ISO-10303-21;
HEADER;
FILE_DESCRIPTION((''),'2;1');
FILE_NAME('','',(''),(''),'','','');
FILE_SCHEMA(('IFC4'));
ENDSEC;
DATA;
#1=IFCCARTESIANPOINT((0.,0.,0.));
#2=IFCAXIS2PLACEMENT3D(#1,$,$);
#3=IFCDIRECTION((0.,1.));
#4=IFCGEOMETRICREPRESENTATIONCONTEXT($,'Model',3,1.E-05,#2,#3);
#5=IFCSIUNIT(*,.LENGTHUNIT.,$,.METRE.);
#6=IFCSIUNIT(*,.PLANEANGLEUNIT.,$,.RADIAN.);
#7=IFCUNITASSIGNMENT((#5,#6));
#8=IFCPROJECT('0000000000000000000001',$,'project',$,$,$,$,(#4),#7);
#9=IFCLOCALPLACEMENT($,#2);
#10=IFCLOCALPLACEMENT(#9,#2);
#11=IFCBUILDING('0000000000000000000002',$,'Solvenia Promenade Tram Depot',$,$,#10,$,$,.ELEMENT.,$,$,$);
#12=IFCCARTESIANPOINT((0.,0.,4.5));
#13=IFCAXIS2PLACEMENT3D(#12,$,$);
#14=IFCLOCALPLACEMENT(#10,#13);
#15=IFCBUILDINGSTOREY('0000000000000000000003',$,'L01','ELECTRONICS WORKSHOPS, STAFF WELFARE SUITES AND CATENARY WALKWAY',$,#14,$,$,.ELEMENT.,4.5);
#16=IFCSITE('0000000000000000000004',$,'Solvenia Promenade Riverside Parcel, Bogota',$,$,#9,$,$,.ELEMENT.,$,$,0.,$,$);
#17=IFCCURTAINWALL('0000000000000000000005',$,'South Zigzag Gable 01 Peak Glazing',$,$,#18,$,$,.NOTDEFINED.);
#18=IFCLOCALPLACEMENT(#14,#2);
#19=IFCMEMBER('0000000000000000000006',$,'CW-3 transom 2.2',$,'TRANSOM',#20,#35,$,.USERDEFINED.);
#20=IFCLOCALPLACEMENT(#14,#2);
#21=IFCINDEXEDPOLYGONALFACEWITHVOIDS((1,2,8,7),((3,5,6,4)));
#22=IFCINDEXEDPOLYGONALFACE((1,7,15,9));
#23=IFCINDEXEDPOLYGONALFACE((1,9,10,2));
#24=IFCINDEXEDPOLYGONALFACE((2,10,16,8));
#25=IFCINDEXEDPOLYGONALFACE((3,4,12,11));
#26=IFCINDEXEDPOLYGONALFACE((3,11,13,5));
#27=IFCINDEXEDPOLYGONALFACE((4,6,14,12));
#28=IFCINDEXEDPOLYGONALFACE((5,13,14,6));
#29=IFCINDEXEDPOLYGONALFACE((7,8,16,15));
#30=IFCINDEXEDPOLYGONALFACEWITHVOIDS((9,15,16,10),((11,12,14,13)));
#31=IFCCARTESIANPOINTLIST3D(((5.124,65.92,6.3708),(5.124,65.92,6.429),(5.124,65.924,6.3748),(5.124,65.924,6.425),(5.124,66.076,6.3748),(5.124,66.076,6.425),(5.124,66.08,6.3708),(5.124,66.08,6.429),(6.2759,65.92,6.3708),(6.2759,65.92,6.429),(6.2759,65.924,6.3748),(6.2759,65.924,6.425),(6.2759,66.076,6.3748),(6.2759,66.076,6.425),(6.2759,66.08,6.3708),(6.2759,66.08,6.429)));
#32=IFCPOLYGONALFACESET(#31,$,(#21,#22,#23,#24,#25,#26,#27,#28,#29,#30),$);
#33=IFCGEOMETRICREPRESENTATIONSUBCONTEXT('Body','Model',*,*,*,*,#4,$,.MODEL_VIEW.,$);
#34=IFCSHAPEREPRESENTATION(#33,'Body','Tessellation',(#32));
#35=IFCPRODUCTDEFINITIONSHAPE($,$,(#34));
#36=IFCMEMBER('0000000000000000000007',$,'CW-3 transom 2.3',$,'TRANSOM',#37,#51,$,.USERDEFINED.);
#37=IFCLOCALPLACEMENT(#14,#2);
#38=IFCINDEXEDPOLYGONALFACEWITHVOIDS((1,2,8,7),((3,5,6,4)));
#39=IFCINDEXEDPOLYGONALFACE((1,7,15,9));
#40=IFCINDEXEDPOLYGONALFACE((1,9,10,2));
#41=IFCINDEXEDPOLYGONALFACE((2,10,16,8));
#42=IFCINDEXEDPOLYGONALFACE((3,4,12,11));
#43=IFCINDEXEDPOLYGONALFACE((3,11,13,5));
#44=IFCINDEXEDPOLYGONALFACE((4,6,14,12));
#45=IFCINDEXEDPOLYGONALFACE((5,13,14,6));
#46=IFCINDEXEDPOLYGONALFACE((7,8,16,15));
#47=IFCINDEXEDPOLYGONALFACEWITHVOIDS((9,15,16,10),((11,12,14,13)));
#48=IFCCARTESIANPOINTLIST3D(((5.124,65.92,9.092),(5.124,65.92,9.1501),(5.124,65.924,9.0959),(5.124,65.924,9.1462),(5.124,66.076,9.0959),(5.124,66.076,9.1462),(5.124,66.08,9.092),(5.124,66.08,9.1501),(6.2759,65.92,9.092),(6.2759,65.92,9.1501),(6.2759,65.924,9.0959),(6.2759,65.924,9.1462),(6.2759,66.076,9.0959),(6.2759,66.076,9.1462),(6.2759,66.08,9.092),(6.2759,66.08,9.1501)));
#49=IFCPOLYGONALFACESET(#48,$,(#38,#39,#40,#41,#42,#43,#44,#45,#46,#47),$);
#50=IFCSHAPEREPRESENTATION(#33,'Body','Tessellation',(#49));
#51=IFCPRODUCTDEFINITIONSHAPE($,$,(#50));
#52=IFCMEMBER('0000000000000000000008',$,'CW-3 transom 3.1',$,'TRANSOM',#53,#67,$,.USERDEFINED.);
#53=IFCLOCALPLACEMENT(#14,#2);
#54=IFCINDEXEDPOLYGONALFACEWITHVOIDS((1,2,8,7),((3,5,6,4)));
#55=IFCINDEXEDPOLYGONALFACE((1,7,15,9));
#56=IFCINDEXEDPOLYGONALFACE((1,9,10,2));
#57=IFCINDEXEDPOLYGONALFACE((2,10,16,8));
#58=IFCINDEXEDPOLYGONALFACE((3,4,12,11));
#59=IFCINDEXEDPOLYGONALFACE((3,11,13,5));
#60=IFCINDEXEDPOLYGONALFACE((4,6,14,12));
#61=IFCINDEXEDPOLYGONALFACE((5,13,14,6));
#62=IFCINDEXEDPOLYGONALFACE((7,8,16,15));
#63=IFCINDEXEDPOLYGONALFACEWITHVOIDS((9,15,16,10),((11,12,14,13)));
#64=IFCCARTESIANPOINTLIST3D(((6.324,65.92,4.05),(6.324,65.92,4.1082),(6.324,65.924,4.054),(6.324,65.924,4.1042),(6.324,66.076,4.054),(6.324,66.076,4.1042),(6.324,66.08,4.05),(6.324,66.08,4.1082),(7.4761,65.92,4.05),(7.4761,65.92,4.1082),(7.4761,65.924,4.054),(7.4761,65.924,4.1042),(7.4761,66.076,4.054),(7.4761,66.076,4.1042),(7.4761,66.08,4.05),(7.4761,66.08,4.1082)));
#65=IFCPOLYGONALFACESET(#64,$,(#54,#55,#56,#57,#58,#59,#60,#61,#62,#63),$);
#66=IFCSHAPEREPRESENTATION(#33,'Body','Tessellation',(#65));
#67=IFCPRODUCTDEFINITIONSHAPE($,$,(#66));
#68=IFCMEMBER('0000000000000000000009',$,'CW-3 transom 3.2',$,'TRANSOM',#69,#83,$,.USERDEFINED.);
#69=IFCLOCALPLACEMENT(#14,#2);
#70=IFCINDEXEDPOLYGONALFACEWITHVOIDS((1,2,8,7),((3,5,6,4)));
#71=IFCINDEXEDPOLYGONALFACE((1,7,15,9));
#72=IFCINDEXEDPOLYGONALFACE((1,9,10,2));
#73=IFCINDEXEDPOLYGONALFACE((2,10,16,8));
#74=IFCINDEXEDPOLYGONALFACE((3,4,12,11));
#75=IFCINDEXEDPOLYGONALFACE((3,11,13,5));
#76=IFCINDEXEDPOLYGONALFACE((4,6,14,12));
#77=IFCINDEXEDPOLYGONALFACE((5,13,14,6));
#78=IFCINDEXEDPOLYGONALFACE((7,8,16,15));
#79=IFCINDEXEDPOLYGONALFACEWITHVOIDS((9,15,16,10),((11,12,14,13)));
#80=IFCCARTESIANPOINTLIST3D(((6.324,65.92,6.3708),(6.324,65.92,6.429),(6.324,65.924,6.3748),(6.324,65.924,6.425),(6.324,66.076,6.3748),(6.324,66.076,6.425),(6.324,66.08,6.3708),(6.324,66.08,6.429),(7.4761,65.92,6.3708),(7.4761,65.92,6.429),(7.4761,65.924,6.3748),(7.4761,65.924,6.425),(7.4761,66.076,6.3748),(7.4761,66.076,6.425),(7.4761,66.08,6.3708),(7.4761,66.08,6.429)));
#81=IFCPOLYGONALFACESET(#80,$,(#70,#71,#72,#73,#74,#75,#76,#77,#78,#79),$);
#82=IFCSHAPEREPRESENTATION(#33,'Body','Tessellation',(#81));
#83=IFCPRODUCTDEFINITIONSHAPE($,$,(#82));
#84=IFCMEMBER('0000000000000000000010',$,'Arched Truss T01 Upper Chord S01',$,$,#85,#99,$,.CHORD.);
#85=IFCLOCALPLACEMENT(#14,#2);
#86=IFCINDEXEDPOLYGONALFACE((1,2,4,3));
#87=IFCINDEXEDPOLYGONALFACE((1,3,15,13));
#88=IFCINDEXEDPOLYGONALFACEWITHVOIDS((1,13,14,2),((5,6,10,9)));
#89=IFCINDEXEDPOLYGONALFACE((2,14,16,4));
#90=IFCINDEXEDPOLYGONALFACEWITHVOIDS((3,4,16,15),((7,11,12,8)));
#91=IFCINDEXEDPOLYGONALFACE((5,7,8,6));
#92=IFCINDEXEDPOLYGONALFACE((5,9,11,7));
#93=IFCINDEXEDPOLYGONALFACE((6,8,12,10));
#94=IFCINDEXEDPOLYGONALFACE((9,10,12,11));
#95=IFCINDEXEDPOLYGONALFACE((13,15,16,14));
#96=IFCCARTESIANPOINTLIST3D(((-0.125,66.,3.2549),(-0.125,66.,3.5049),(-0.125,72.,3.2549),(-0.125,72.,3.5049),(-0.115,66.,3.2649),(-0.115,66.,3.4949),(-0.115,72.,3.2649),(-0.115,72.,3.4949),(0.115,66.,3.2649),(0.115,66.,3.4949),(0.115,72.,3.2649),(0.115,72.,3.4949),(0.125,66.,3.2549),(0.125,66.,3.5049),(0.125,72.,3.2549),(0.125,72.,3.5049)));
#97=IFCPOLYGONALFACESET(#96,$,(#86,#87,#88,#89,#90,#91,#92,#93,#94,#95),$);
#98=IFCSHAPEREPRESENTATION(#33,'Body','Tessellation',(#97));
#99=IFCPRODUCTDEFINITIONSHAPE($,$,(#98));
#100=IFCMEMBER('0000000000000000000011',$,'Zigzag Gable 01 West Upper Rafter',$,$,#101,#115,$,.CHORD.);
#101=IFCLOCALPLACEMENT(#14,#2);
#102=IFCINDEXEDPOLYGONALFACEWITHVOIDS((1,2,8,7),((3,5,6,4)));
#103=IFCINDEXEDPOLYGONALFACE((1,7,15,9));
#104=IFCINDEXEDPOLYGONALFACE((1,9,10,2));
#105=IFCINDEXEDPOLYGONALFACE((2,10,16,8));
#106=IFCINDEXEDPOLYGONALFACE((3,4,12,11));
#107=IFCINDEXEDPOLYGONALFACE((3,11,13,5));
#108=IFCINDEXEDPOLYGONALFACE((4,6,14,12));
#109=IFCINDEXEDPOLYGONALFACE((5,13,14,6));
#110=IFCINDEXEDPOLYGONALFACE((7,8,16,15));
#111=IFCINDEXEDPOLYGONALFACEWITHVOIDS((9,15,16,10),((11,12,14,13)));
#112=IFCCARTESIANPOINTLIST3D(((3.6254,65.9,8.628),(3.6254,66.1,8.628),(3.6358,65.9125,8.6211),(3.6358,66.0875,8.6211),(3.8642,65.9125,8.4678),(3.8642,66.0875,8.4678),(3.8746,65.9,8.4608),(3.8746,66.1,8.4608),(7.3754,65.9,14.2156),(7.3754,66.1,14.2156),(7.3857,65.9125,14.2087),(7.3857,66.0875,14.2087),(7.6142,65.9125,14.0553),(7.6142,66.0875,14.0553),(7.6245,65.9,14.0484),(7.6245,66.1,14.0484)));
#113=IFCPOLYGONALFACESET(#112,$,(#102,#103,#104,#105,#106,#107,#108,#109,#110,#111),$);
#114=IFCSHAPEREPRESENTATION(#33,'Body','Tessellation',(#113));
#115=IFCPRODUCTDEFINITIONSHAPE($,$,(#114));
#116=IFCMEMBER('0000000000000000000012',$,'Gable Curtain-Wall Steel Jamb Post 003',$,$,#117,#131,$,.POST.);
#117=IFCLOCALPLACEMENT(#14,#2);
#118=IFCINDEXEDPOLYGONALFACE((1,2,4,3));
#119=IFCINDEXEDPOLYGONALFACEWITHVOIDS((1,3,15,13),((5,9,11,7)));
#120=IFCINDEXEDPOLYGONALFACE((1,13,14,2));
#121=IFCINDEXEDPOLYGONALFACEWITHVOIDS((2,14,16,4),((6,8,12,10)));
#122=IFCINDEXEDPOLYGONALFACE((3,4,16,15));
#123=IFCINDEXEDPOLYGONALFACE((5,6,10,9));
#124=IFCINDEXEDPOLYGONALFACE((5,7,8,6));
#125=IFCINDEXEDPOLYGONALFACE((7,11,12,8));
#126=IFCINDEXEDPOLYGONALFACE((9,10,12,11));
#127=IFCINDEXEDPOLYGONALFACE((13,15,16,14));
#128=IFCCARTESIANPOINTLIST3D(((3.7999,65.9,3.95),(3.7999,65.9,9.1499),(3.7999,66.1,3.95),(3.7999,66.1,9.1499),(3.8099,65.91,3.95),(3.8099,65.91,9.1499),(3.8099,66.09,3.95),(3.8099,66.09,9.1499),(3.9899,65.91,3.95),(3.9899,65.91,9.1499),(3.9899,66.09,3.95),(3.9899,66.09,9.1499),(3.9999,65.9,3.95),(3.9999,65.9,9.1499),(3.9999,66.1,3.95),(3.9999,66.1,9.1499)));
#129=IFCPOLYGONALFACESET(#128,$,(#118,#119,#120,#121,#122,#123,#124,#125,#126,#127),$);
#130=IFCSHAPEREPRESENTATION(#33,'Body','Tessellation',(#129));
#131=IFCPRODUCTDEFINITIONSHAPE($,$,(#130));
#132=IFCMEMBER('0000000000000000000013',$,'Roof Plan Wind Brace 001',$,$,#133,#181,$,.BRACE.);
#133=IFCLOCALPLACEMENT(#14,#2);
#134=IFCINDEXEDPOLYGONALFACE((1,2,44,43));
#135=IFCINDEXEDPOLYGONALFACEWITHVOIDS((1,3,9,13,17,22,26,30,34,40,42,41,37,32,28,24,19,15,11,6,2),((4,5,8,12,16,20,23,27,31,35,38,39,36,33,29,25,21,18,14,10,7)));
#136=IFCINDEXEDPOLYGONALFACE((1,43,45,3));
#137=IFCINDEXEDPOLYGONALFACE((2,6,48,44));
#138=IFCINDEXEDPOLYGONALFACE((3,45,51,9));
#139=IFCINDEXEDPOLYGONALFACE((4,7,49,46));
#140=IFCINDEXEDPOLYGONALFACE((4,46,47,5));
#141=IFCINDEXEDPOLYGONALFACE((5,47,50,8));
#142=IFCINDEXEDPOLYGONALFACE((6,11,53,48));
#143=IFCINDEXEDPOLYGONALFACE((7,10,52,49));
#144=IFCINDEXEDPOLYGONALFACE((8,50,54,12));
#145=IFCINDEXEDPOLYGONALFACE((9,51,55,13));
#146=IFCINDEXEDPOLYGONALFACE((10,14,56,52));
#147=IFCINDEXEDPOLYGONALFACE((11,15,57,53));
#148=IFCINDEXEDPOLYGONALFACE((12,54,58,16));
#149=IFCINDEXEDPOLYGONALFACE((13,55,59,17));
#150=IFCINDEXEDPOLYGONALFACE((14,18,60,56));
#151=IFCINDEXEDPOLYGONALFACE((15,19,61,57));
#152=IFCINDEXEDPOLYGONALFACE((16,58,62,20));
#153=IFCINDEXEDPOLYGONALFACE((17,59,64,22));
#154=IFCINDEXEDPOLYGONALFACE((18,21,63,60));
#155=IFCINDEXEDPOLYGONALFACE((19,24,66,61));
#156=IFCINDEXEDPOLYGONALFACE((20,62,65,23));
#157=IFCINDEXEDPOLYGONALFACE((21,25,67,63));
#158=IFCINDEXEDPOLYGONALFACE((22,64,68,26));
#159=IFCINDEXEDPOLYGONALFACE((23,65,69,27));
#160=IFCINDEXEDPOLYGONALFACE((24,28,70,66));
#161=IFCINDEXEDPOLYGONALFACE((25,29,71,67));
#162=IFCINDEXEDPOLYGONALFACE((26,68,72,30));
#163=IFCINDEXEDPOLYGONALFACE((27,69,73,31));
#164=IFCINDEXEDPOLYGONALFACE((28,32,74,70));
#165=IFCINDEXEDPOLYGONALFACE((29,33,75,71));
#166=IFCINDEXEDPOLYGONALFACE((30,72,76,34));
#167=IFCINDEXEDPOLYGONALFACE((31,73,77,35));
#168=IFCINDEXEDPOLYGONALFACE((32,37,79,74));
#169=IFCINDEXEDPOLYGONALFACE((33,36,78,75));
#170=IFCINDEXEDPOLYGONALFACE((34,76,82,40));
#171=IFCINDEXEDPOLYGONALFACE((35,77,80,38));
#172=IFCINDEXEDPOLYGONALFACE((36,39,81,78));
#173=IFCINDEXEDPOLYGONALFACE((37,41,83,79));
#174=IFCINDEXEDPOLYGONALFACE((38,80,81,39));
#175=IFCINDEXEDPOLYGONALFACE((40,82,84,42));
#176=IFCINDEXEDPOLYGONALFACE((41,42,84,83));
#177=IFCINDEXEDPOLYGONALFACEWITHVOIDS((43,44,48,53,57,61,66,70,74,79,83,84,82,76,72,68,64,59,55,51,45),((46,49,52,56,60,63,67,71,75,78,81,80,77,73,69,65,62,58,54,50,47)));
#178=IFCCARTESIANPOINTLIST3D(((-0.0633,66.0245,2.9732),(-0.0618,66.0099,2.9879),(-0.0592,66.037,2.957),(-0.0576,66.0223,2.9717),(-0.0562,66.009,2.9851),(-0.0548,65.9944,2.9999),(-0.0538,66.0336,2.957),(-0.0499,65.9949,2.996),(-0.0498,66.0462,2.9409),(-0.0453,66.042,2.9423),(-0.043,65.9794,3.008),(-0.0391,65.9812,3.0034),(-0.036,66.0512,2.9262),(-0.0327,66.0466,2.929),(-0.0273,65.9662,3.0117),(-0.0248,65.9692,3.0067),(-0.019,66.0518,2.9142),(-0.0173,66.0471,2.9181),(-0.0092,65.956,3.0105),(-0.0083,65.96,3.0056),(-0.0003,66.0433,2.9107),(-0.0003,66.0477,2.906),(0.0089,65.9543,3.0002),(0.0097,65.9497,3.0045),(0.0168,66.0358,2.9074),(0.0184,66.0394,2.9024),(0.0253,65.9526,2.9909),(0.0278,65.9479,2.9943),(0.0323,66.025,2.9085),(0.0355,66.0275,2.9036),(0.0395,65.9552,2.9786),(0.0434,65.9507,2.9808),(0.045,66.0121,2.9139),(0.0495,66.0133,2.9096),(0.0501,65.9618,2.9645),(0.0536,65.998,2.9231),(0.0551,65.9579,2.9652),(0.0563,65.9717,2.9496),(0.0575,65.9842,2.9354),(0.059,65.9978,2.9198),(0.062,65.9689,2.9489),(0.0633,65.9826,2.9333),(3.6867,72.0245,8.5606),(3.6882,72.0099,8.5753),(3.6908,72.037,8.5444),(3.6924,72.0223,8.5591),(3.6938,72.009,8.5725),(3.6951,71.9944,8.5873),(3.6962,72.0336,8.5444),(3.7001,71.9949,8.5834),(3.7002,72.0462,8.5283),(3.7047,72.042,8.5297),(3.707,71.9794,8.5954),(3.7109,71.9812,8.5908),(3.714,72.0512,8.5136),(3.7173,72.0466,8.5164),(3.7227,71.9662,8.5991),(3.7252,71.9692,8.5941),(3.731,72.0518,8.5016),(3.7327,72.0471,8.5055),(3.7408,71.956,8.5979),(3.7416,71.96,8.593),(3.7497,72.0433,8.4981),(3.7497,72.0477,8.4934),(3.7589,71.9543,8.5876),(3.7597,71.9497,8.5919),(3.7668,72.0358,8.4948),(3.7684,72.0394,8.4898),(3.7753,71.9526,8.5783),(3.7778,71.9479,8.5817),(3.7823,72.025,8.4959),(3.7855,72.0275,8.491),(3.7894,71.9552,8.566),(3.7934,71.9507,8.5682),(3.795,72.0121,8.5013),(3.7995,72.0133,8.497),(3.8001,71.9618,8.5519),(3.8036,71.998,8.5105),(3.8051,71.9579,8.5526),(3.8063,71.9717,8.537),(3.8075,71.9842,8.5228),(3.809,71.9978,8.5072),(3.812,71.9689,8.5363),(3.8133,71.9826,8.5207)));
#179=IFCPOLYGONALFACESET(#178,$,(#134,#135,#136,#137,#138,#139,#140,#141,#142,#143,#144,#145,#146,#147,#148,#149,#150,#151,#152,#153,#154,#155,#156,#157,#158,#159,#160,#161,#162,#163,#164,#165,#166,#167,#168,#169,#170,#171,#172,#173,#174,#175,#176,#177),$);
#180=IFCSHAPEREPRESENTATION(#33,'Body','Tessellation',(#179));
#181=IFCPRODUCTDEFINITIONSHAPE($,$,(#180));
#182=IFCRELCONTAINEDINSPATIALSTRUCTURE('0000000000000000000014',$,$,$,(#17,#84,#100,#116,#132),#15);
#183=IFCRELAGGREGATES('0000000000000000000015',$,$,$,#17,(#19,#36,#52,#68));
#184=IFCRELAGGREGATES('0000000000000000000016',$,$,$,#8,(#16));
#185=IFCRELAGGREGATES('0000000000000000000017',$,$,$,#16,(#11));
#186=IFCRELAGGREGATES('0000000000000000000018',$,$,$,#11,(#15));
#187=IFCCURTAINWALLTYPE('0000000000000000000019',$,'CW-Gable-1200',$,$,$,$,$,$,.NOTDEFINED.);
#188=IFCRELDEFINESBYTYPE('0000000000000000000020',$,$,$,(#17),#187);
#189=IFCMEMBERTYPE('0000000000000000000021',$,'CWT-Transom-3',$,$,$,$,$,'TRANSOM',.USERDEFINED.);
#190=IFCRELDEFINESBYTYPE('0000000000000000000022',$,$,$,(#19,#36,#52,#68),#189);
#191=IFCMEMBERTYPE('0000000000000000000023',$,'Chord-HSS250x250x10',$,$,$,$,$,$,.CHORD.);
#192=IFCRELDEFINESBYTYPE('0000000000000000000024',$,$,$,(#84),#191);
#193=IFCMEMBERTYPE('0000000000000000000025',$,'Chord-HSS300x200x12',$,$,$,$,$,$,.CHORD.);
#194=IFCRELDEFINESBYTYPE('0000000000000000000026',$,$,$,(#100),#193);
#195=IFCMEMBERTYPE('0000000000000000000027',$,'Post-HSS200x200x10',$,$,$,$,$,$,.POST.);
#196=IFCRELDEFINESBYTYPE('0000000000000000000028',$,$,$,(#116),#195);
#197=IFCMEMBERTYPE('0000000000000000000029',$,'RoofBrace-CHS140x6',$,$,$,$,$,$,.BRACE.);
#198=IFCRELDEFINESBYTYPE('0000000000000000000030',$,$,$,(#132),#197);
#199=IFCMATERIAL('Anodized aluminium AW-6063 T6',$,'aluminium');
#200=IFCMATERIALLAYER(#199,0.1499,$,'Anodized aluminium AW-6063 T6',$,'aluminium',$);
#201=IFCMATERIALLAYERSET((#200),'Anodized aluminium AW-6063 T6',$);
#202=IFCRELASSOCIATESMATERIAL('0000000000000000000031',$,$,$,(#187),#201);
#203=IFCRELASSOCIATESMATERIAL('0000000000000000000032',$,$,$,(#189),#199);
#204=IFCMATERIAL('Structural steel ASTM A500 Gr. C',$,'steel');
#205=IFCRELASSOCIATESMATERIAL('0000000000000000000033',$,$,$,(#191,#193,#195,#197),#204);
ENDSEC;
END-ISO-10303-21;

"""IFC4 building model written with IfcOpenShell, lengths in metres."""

from ifc_helpers import new_model, si_unit, direction, frame, origin, origin_2d, place, context, subcontext, project, spatial, hollow_rectangle, hollow_circle, extrude, material, layer, layer_set, material_profile, profile_set, type_object, element, aggregate, save


model = new_model("IFC4")

# Units and contexts
model_context = context("Model", 3, precision=1e-05, world=origin(), true_north=direction((0.0, 1.0)))
body_context = subcontext(model_context, "Body", "Model", "MODEL_VIEW")
ifc_project = project(units=[si_unit("LENGTHUNIT", "METRE"), si_unit("PLANEANGLEUNIT", "RADIAN")], contexts=[model_context])

# Site, building, storey
site_placement = place(None, origin())
site = spatial("IfcSite", under=ifc_project, at=site_placement, Name="Solvenia Promenade Riverside Parcel, Bogota", CompositionType="ELEMENT", RefElevation=0.0)
building_placement = place(site_placement, origin())
building = spatial("IfcBuilding", under=site, at=building_placement, Name="Solvenia Promenade Tram Depot", CompositionType="ELEMENT")
storey_placement = place(building_placement, frame((0.0, 0.0, 4.5)))
storey = spatial("IfcBuildingStorey", under=building, at=storey_placement, Name="L01", Description="ELECTRONICS WORKSHOPS, STAFF WELFARE SUITES AND CATENARY WALKWAY", CompositionType="ELEMENT", Elevation=4.5)

# Curtain wall
ifc_material_1 = material(Name="Anodized aluminium AW-6063 T6", Category="aluminium")
ifc_layer_1 = layer(ifc_material_1, 0.1499, Name="Anodized aluminium AW-6063 T6", Category="aluminium")
ifc_layer_set_1 = layer_set([ifc_layer_1], Name="Anodized aluminium AW-6063 T6")
curtain_wall_type_1 = type_object("IfcCurtainWallType", Name="CW-Gable-1200", PredefinedType="NOTDEFINED", material=ifc_layer_set_1)
curtain_wall_1_placement = place(storey_placement, origin())
curtain_wall_1 = element("IfcCurtainWall", 1, at=curtain_wall_1_placement, inside=storey, type_object=curtain_wall_type_1, Name="South Zigzag Gable 01 Peak Glazing", PredefinedType="NOTDEFINED")

# Members
ifc_material_profile_1 = material_profile(ifc_material_1, hollow_rectangle(XDim=0.1599, YDim=0.0581, WallThickness=0.0039, at=origin_2d()), Name="ALU-T3", Category="aluminium")
ifc_profile_set_1 = profile_set([ifc_material_profile_1], Name="Anodized aluminium AW-6063 T6")
member_type_1 = type_object("IfcMemberType", Name="CWT-Transom-3", ElementType="TRANSOM", PredefinedType="USERDEFINED", material=ifc_profile_set_1)
member_1_placement = place(storey_placement, frame((5.124, 66.0, 6.3999), z_axis=(1.0, 0.0, 0.0), x_axis=(0.0, 1.0, 0.0)))
member_1 = element("IfcMember", 2, at=member_1_placement, type_object=member_type_1, Name="CW-3 transom 2.2", ObjectType="TRANSOM", PredefinedType="USERDEFINED", context=body_context, shape_type="SweptSolid", body=[
    extrude(hollow_rectangle(XDim=0.1599, YDim=0.0581, WallThickness=0.0039, at=origin_2d()), origin(), (0.0, 0.0, 1.0), 1.1519),
])
member_2_placement = place(storey_placement, frame((5.124, 66.0, 9.1211), z_axis=(1.0, 0.0, 0.0), x_axis=(0.0, 1.0, 0.0)))
member_2 = element("IfcMember", 3, at=member_2_placement, type_object=member_type_1, Name="CW-3 transom 2.3", ObjectType="TRANSOM", PredefinedType="USERDEFINED", context=body_context, shape_type="SweptSolid", body=[
    extrude(hollow_rectangle(XDim=0.1599, YDim=0.0581, WallThickness=0.0039, at=origin_2d()), origin(), (0.0, 0.0, 1.0), 1.1519),
])
member_3_placement = place(storey_placement, frame((6.324, 66.0, 4.0791), z_axis=(1.0, 0.0, 0.0), x_axis=(0.0, 1.0, 0.0)))
member_3 = element("IfcMember", 4, at=member_3_placement, type_object=member_type_1, Name="CW-3 transom 3.1", ObjectType="TRANSOM", PredefinedType="USERDEFINED", context=body_context, shape_type="SweptSolid", body=[
    extrude(hollow_rectangle(XDim=0.1599, YDim=0.0581, WallThickness=0.0039, at=origin_2d()), origin(), (0.0, 0.0, 1.0), 1.1521),
])
member_4_placement = place(storey_placement, frame((6.324, 66.0, 6.3999), z_axis=(1.0, 0.0, 0.0), x_axis=(0.0, 1.0, 0.0)))
member_4 = element("IfcMember", 5, at=member_4_placement, type_object=member_type_1, Name="CW-3 transom 3.2", ObjectType="TRANSOM", PredefinedType="USERDEFINED", context=body_context, shape_type="SweptSolid", body=[
    extrude(hollow_rectangle(XDim=0.1599, YDim=0.0581, WallThickness=0.0039, at=origin_2d()), origin(), (0.0, 0.0, 1.0), 1.1521),
])

# Members
ifc_material_2 = material(Name="Structural steel ASTM A500 Gr. C", Category="steel")
ifc_material_profile_2 = material_profile(ifc_material_2, hollow_rectangle(XDim=0.25, YDim=0.25, WallThickness=0.01, at=origin_2d()), Name="HSS250x250x10", Category="steel")
ifc_profile_set_2 = profile_set([ifc_material_profile_2], Name="Structural steel ASTM A500 Gr. C")
member_type_2 = type_object("IfcMemberType", Name="Chord-HSS250x250x10", PredefinedType="CHORD", material=ifc_profile_set_2)
member_5_placement = place(storey_placement, frame((0.0, 66.0, 3.3799), z_axis=(0.0, 1.0, 0.0), x_axis=(-1.0, 0.0, 0.0)))
element("IfcMember", 6, at=member_5_placement, inside=storey, type_object=member_type_2, Name="Arched Truss T01 Upper Chord S01", PredefinedType="CHORD", context=body_context, shape_type="SweptSolid", body=[
    extrude(hollow_rectangle(XDim=0.25, YDim=0.25, WallThickness=0.01, at=origin_2d()), origin(), (0.0, 0.0, 1.0), 6.0),
])
ifc_material_profile_3 = material_profile(ifc_material_2, hollow_rectangle(XDim=0.2, YDim=0.3, WallThickness=0.0125, at=origin_2d()), Name="HSS300x200x12.5", Category="steel")
ifc_profile_set_3 = profile_set([ifc_material_profile_3], Name="Structural steel ASTM A500 Gr. C")
member_type_3 = type_object("IfcMemberType", Name="Chord-HSS300x200x12", PredefinedType="CHORD", material=ifc_profile_set_3)
member_6_placement = place(storey_placement, frame((3.75, 66.0, 8.5444), z_axis=(0.557259, 0.0, 0.830338), x_axis=(0.0, 1.0, 0.0)))
element("IfcMember", 7, at=member_6_placement, inside=storey, type_object=member_type_3, Name="Zigzag Gable 01 West Upper Rafter", PredefinedType="CHORD", context=body_context, shape_type="SweptSolid", body=[
    extrude(hollow_rectangle(XDim=0.2, YDim=0.3, WallThickness=0.0125, at=origin_2d()), origin(), (0.0, 0.0, 1.0), 6.7292),
])
ifc_material_profile_4 = material_profile(ifc_material_2, hollow_rectangle(XDim=0.2, YDim=0.2, WallThickness=0.01, at=origin_2d()), Name="HSS200x200x10", Category="steel")
ifc_profile_set_4 = profile_set([ifc_material_profile_4], Name="Structural steel ASTM A500 Gr. C")
member_type_4 = type_object("IfcMemberType", Name="Post-HSS200x200x10", PredefinedType="POST", material=ifc_profile_set_4)
member_7_placement = place(storey_placement, frame((3.8999, 66.0, 3.95), z_axis=(0.0, 0.0, 1.0), x_axis=(1.0, 0.0, 0.0)))
element("IfcMember", 8, at=member_7_placement, inside=storey, type_object=member_type_4, Name="Gable Curtain-Wall Steel Jamb Post 003", PredefinedType="POST", context=body_context, shape_type="SweptSolid", body=[
    extrude(hollow_rectangle(XDim=0.2, YDim=0.2, WallThickness=0.01, at=origin_2d()), origin(), (0.0, 0.0, 1.0), 5.2),
])
ifc_material_profile_5 = material_profile(ifc_material_2, hollow_circle(Radius=0.0698, WallThickness=0.0063, at=origin_2d()), Name="CHS139.7x6.3", Category="steel")
ifc_profile_set_5 = profile_set([ifc_material_profile_5], Name="Structural steel ASTM A500 Gr. C")
member_type_5 = type_object("IfcMemberType", Name="RoofBrace-CHS140x6", PredefinedType="BRACE", material=ifc_profile_set_5)
member_8_placement = place(storey_placement, frame((0.0, 66.0, 2.957), z_axis=(0.415944, 0.665511, 0.619746), x_axis=(-0.847998, 0.529999, 0.0)))
element("IfcMember", 9, at=member_8_placement, inside=storey, type_object=member_type_5, Name="Roof Plan Wind Brace 001", PredefinedType="BRACE", context=body_context, shape_type="SweptSolid", body=[
    extrude(hollow_circle(Radius=0.0698, WallThickness=0.0063, at=origin_2d()), origin(), (0.0, 0.0, 1.0), 9.0156),
])

aggregate(curtain_wall_1, [member_1, member_2, member_3, member_4])

save(model, "model.ifc")
